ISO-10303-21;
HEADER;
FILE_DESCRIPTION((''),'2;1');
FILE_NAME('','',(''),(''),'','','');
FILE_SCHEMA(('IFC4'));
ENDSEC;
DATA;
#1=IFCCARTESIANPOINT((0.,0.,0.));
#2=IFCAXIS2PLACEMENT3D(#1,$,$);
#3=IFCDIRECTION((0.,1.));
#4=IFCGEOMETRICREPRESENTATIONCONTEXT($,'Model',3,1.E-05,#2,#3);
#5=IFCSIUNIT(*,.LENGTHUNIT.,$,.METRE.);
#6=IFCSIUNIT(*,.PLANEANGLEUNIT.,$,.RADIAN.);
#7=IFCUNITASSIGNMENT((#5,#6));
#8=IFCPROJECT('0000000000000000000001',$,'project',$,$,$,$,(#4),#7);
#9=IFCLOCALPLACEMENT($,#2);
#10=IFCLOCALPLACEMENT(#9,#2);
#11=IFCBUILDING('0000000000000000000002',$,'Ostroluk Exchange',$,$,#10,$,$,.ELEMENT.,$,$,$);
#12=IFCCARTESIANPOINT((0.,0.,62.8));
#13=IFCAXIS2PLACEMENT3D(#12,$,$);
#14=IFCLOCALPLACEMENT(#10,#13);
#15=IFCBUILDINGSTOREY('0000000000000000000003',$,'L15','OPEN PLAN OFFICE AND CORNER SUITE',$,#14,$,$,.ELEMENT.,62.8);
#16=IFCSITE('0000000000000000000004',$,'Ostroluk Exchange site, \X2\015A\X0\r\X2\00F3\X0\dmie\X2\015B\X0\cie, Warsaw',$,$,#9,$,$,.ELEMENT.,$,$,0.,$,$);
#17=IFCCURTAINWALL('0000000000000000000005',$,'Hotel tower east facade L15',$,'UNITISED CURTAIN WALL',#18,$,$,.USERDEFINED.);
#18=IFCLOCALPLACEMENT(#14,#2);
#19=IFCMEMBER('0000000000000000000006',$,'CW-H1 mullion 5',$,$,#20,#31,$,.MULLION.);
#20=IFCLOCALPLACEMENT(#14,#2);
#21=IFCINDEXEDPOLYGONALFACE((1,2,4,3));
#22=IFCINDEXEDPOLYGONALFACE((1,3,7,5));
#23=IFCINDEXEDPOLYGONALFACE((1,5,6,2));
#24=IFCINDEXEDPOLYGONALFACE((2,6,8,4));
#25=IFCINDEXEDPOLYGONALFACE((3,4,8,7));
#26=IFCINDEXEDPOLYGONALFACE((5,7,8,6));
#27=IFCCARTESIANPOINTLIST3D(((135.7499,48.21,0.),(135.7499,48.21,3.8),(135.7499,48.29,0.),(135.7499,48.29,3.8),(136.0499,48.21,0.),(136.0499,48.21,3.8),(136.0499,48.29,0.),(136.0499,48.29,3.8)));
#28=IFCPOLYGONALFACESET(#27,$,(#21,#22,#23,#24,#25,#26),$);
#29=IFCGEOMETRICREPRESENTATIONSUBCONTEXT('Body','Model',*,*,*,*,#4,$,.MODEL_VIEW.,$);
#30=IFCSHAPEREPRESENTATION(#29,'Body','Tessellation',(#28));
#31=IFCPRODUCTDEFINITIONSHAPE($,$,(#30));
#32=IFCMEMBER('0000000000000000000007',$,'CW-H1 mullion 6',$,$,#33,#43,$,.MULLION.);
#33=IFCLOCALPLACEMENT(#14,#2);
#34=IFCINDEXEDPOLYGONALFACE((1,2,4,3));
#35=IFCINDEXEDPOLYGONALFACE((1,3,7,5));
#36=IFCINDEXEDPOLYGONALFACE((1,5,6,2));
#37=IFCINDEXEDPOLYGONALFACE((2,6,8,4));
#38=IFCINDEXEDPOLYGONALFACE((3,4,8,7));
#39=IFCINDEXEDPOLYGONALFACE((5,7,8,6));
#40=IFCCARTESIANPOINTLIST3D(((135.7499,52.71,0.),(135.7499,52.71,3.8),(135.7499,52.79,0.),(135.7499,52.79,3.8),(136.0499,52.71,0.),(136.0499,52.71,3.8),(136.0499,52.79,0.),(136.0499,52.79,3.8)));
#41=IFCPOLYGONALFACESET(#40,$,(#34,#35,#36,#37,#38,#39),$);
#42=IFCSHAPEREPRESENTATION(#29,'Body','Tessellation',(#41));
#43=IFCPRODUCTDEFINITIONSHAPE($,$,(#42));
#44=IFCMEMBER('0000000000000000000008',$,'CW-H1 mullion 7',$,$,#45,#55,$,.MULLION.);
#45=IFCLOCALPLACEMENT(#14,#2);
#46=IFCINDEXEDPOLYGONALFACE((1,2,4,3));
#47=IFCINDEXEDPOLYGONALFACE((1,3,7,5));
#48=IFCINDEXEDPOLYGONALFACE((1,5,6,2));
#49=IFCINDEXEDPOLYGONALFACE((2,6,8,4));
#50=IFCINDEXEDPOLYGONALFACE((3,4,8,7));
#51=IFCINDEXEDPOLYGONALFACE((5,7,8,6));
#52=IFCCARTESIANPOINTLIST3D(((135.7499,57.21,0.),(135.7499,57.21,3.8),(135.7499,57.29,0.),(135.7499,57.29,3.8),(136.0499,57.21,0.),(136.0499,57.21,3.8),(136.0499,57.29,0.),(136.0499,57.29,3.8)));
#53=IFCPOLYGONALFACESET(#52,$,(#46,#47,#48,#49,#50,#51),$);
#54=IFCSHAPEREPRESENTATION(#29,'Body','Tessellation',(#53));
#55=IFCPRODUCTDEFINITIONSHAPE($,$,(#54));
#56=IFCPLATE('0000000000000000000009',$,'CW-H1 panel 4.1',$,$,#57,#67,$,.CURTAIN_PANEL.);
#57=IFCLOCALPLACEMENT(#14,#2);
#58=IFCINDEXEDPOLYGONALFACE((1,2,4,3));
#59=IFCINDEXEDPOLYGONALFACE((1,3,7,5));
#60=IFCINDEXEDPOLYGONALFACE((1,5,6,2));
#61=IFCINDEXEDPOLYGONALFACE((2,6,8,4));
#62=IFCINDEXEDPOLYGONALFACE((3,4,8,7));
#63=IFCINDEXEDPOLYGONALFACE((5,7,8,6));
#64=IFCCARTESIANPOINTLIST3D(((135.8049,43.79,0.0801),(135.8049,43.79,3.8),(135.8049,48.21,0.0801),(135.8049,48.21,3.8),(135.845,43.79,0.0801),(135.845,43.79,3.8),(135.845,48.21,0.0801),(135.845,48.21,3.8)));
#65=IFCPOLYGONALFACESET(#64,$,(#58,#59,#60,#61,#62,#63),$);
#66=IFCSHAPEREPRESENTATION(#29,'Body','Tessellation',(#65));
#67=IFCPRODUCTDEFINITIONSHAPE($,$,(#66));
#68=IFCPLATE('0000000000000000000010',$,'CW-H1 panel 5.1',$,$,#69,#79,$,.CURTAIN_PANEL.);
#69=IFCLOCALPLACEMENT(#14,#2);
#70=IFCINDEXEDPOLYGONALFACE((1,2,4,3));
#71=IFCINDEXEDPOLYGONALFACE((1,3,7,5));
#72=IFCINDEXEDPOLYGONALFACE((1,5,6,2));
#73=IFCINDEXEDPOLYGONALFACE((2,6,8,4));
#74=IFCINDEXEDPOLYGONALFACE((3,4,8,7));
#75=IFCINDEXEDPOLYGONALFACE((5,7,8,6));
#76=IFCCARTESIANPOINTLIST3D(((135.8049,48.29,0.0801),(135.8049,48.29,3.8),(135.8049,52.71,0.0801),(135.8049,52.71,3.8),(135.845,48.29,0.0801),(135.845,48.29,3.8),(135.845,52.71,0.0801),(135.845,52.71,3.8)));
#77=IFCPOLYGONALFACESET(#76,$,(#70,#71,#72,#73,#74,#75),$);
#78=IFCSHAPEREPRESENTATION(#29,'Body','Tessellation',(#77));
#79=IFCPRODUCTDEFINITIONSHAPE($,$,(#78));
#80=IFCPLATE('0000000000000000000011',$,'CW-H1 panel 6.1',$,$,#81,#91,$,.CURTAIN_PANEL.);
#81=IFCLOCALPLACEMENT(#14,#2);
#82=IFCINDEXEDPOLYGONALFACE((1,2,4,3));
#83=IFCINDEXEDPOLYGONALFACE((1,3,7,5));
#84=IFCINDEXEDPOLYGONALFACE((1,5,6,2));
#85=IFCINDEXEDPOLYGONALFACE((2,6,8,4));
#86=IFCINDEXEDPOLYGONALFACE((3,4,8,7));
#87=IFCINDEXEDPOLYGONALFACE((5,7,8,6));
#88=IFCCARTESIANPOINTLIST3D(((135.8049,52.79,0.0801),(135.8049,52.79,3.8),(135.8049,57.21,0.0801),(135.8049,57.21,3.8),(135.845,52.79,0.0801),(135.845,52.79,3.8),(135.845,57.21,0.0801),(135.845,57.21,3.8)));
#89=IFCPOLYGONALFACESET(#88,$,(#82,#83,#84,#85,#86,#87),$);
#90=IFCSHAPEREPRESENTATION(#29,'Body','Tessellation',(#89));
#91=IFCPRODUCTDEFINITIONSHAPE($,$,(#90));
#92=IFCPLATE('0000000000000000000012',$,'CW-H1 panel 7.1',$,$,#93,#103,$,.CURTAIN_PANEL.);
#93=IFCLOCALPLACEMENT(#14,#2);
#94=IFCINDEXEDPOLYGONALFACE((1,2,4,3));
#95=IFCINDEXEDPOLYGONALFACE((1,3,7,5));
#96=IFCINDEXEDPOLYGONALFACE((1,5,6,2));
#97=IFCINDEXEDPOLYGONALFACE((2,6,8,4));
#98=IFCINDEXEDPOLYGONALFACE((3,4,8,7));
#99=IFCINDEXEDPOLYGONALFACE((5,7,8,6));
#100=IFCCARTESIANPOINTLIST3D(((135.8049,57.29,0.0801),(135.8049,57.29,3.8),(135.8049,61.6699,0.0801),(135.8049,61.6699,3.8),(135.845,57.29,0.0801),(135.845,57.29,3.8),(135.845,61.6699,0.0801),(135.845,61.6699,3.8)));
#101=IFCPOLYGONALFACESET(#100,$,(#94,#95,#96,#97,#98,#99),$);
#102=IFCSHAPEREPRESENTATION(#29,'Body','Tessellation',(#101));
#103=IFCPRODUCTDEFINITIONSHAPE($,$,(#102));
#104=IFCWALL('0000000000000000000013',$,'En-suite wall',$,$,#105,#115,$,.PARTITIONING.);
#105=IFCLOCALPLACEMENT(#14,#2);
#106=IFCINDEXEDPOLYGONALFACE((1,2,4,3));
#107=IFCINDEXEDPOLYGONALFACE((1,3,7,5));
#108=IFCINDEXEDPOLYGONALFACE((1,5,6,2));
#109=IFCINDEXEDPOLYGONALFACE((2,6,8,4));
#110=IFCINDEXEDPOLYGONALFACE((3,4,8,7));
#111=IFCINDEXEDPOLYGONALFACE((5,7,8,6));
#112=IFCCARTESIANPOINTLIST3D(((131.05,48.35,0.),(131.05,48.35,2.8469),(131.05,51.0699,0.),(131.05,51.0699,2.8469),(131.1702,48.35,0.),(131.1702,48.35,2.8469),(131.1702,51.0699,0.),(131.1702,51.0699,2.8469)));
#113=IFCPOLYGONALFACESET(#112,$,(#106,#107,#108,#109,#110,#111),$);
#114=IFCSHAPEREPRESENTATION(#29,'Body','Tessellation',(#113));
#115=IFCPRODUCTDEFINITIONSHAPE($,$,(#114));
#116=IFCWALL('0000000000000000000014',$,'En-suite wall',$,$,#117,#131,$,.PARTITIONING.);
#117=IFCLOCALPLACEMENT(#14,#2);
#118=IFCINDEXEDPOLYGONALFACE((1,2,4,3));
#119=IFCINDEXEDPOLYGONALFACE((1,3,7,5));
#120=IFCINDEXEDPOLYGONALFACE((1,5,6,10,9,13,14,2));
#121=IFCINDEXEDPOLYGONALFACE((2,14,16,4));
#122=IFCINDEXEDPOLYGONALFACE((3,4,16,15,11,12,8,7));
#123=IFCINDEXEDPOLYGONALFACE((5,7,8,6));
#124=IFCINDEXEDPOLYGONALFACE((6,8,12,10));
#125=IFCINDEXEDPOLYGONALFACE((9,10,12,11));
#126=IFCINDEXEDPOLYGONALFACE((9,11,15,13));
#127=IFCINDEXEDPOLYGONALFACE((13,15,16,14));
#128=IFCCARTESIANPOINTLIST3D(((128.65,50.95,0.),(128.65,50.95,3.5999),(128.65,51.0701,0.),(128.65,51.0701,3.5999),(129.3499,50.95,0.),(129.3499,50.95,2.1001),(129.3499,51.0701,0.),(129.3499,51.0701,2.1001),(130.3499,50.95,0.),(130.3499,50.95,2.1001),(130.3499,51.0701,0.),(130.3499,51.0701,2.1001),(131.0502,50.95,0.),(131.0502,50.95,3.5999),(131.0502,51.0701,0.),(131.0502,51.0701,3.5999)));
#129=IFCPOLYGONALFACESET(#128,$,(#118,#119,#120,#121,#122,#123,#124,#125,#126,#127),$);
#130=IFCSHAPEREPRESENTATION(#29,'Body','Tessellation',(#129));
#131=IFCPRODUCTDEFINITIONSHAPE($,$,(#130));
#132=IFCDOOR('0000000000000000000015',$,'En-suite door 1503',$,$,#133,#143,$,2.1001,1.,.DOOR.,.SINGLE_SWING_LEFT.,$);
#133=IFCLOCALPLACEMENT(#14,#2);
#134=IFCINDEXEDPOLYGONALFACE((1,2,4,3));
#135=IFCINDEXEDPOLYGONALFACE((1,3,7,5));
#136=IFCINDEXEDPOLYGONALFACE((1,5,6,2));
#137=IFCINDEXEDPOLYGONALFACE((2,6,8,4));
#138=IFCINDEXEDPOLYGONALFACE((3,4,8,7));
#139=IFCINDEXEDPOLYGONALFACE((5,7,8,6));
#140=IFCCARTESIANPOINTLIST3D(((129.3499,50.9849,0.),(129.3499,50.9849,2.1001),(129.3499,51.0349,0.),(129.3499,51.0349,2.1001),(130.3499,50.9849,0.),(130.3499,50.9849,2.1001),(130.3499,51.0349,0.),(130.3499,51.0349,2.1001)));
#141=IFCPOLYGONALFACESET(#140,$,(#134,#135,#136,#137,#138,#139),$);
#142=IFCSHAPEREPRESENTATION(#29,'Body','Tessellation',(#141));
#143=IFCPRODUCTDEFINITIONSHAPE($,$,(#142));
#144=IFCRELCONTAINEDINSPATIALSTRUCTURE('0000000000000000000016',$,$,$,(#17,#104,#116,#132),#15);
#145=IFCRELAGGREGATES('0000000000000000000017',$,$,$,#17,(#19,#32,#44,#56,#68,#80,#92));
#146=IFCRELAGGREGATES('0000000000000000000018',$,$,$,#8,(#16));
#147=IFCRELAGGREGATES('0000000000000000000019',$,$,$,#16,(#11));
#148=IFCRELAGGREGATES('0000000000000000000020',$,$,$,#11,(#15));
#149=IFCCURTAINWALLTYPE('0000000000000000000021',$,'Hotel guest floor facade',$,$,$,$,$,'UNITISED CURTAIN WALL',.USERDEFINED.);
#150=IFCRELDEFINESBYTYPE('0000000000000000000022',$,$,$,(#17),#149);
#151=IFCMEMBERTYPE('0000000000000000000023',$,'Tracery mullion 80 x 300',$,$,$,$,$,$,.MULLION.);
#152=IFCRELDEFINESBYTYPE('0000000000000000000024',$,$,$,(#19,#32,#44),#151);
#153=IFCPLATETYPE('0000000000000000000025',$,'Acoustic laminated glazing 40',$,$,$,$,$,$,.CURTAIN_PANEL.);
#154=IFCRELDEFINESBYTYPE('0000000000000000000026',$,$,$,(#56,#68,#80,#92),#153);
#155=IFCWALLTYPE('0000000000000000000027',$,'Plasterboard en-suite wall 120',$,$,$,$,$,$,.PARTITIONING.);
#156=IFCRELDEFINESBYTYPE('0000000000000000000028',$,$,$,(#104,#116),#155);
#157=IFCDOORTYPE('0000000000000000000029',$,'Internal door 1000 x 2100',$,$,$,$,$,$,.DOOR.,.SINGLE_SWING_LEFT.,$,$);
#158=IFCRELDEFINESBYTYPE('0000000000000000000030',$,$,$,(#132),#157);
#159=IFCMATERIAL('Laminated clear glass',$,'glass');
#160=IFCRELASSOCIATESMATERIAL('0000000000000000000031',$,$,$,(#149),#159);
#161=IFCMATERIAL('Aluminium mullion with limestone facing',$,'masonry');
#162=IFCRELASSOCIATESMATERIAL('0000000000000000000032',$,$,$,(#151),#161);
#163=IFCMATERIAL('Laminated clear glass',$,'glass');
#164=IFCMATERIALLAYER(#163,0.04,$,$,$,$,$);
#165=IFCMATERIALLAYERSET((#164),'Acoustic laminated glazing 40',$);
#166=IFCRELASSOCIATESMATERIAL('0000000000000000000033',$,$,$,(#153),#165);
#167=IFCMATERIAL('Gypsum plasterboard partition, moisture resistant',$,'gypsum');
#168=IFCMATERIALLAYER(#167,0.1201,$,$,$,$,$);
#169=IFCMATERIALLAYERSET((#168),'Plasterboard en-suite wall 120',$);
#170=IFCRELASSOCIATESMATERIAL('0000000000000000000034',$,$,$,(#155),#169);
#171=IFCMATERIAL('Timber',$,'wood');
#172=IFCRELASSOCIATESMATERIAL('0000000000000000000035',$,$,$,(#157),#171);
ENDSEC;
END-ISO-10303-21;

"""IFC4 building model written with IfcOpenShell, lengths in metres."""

from ifc_helpers import new_model, si_unit, direction, frame, frame_2d, origin, origin_2d, place, context, subcontext, project, spatial, rectangle, extrude, material, layer, layer_set, material_profile, profile_set, type_object, element, fill, aggregate, save


model = new_model("IFC4")

# Units and contexts
model_context = context("Model", 3, precision=1e-05, world=origin(), true_north=direction((0.0, 1.0)))
body_context = subcontext(model_context, "Body", "Model", "MODEL_VIEW")
ifc_project = project(units=[si_unit("LENGTHUNIT", "METRE"), si_unit("PLANEANGLEUNIT", "RADIAN")], contexts=[model_context])

# Site, building, storey
site_placement = place(None, origin())
site = spatial("IfcSite", under=ifc_project, at=site_placement, Name="Ostroluk Exchange site, Śródmieście, Warsaw", CompositionType="ELEMENT", RefElevation=0.0)
building_placement = place(site_placement, origin())
building = spatial("IfcBuilding", under=site, at=building_placement, Name="Ostroluk Exchange", CompositionType="ELEMENT")
storey_placement = place(building_placement, frame((0.0, 0.0, 62.8)))
storey = spatial("IfcBuildingStorey", under=building, at=storey_placement, Name="L15", Description="OPEN PLAN OFFICE AND CORNER SUITE", CompositionType="ELEMENT", Elevation=62.8)

# Curtain wall, members, plates
ifc_material_1 = material(Name="Laminated clear glass", Category="glass")
curtain_wall_type = type_object("IfcCurtainWallType", Name="Hotel guest floor facade", ElementType="UNITISED CURTAIN WALL", PredefinedType="USERDEFINED", material=ifc_material_1)
curtain_wall_placement = place(storey_placement, origin())
curtain_wall = element("IfcCurtainWall", 1, at=curtain_wall_placement, inside=storey, type_object=curtain_wall_type, Name="Hotel tower east facade L15", ObjectType="UNITISED CURTAIN WALL", PredefinedType="USERDEFINED")
ifc_material_2 = material(Name="Aluminium mullion with limestone facing", Category="masonry")
ifc_material_profile_1 = material_profile(ifc_material_2, rectangle(XDim=0.3, YDim=0.0801, at=origin_2d()), Name="Tracery mullion 80 x 300")
ifc_profile_set_1 = profile_set([ifc_material_profile_1], Name="Aluminium mullion with limestone facing")
member_type_1 = type_object("IfcMemberType", Name="Tracery mullion 80 x 300", PredefinedType="MULLION", material=ifc_profile_set_1)
member_1_placement = place(storey_placement, frame((135.8999, 48.25, 0.0), z_axis=(0.0, 0.0, 1.0), x_axis=(-1.0, 0.0, 0.0)))
member_1 = element("IfcMember", 2, at=member_1_placement, type_object=member_type_1, Name="CW-H1 mullion 5", PredefinedType="MULLION", context=body_context, shape_type="SweptSolid", body=[
    extrude(rectangle(XDim=0.3, YDim=0.0801, at=origin_2d()), origin(), (0.0, 0.0, 1.0), 3.8),
])
member_2_placement = place(storey_placement, frame((135.8999, 52.75, 0.0), z_axis=(0.0, 0.0, 1.0), x_axis=(-1.0, 0.0, 0.0)))
member_2 = element("IfcMember", 3, at=member_2_placement, type_object=member_type_1, Name="CW-H1 mullion 6", PredefinedType="MULLION", context=body_context, shape_type="SweptSolid", body=[
    extrude(rectangle(XDim=0.3, YDim=0.0801, at=origin_2d()), origin(), (0.0, 0.0, 1.0), 3.8),
])
member_3_placement = place(storey_placement, frame((135.8999, 57.25, 0.0), z_axis=(0.0, 0.0, 1.0), x_axis=(-1.0, 0.0, 0.0)))
member_3 = element("IfcMember", 4, at=member_3_placement, type_object=member_type_1, Name="CW-H1 mullion 7", PredefinedType="MULLION", context=body_context, shape_type="SweptSolid", body=[
    extrude(rectangle(XDim=0.3, YDim=0.0801, at=origin_2d()), origin(), (0.0, 0.0, 1.0), 3.8),
])
ifc_material_3 = material(Name="Laminated clear glass", Category="glass")
ifc_layer_1 = layer(ifc_material_3, 0.04)
ifc_layer_set_1 = layer_set([ifc_layer_1], Name="Acoustic laminated glazing 40")
plate_type = type_object("IfcPlateType", Name="Acoustic laminated glazing 40", PredefinedType="CURTAIN_PANEL", material=ifc_layer_set_1)
plate_1_placement = place(storey_placement, frame((135.825, 46.0, 0.0801), z_axis=(0.0, 0.0, 1.0), x_axis=(0.0, 1.0, 0.0)))
plate_1 = element("IfcPlate", 5, at=plate_1_placement, type_object=plate_type, Name="CW-H1 panel 4.1", PredefinedType="CURTAIN_PANEL", context=body_context, shape_type="SweptSolid", body=[
    extrude(rectangle(XDim=4.4199, YDim=0.04, at=origin_2d()), origin(), (0.0, 0.0, 1.0), 3.72),
])
plate_2_placement = place(storey_placement, frame((135.825, 50.5, 0.0801), z_axis=(0.0, 0.0, 1.0), x_axis=(0.0, 1.0, 0.0)))
plate_2 = element("IfcPlate", 6, at=plate_2_placement, type_object=plate_type, Name="CW-H1 panel 5.1", PredefinedType="CURTAIN_PANEL", context=body_context, shape_type="SweptSolid", body=[
    extrude(rectangle(XDim=4.4199, YDim=0.04, at=origin_2d()), origin(), (0.0, 0.0, 1.0), 3.72),
])
plate_3_placement = place(storey_placement, frame((135.825, 55.0, 0.0801), z_axis=(0.0, 0.0, 1.0), x_axis=(0.0, 1.0, 0.0)))
plate_3 = element("IfcPlate", 7, at=plate_3_placement, type_object=plate_type, Name="CW-H1 panel 6.1", PredefinedType="CURTAIN_PANEL", context=body_context, shape_type="SweptSolid", body=[
    extrude(rectangle(XDim=4.4199, YDim=0.04, at=origin_2d()), origin(), (0.0, 0.0, 1.0), 3.72),
])
plate_4_placement = place(storey_placement, frame((135.825, 59.48, 0.0801), z_axis=(0.0, 0.0, 1.0), x_axis=(0.0, 1.0, 0.0)))
plate_4 = element("IfcPlate", 8, at=plate_4_placement, type_object=plate_type, Name="CW-H1 panel 7.1", PredefinedType="CURTAIN_PANEL", context=body_context, shape_type="SweptSolid", body=[
    extrude(rectangle(XDim=4.3799, YDim=0.04, at=origin_2d()), origin(), (0.0, 0.0, 1.0), 3.72),
])
aggregate(curtain_wall, [member_1, member_2, member_3, plate_1, plate_2, plate_3, plate_4])

# Wall
ifc_material_4 = material(Name="Gypsum plasterboard partition, moisture resistant", Category="gypsum")
ifc_layer_2 = layer(ifc_material_4, 0.1201)
ifc_layer_set_2 = layer_set([ifc_layer_2], Name="Plasterboard en-suite wall 120")
wall_type_1 = type_object("IfcWallType", Name="Plasterboard en-suite wall 120", PredefinedType="PARTITIONING", material=ifc_layer_set_2)
wall_1_placement = place(storey_placement, frame((131.1101, 48.3501, 0.0), z_axis=(0.0, 0.0, 1.0), x_axis=(0.0, 1.0, 0.0)))
element("IfcWall", 9, at=wall_1_placement, inside=storey, type_object=wall_type_1, Name="En-suite wall", PredefinedType="PARTITIONING", context=body_context, shape_type="SweptSolid", body=[
    extrude(rectangle(XDim=2.72, YDim=0.1201, at=frame_2d((1.3599, 0.0))), origin(), (0.0, 0.0, 1.0), 2.8469),
])

# Wall, opening, door
wall_2_placement = place(storey_placement, frame((128.6499, 51.01, 0.0), z_axis=(0.0, 0.0, 1.0), x_axis=(1.0, 0.0, 0.0)))
wall_2 = element("IfcWall", 10, at=wall_2_placement, inside=storey, type_object=wall_type_1, Name="En-suite wall", PredefinedType="PARTITIONING", context=body_context, shape_type="SweptSolid", body=[
    extrude(rectangle(XDim=2.4001, YDim=0.1201, at=frame_2d((1.2002, 0.0))), origin(), (0.0, 0.0, 1.0), 3.5999),
])
opening_1_placement = place(wall_2_placement, frame((0.7, 0.0, 0.0)))
opening_1 = element("IfcOpeningElement", 11, at=opening_1_placement, cuts=wall_2, PredefinedType="OPENING", context=body_context, shape_type="SweptSolid", body=[
    extrude(rectangle(XDim=1.0, YDim=2.1001, at=frame_2d((0.5, 1.05))), frame((0.0, 0.0701, 0.0), z_axis=(0.0, -1.0, 0.0), x_axis=(1.0, 0.0, 0.0)), (0.0, 0.0, 1.0), 0.1401),
])
ifc_material_5 = material(Name="Timber", Category="wood")
door_type_1 = type_object("IfcDoorType", Name="Internal door 1000 x 2100", OperationType="SINGLE_SWING_LEFT", PredefinedType="DOOR", material=ifc_material_5)
door_1_placement = place(opening_1_placement, origin())
door_1 = element("IfcDoor", 12, at=door_1_placement, inside=storey, type_object=door_type_1, Name="En-suite door 1503", OperationType="SINGLE_SWING_LEFT", OverallHeight=2.1001, OverallWidth=1.0, PredefinedType="DOOR", context=body_context, shape_type="SweptSolid", body=[
    extrude(rectangle(XDim=1.0, YDim=2.1001, at=frame_2d((0.5, 1.05))), frame((0.0, 0.0249, 0.0), z_axis=(0.0, -1.0, 0.0), x_axis=(1.0, 0.0, 0.0)), (0.0, 0.0, 1.0), 0.05),
])
fill(opening_1, door_1)

save(model, "model.ifc")
